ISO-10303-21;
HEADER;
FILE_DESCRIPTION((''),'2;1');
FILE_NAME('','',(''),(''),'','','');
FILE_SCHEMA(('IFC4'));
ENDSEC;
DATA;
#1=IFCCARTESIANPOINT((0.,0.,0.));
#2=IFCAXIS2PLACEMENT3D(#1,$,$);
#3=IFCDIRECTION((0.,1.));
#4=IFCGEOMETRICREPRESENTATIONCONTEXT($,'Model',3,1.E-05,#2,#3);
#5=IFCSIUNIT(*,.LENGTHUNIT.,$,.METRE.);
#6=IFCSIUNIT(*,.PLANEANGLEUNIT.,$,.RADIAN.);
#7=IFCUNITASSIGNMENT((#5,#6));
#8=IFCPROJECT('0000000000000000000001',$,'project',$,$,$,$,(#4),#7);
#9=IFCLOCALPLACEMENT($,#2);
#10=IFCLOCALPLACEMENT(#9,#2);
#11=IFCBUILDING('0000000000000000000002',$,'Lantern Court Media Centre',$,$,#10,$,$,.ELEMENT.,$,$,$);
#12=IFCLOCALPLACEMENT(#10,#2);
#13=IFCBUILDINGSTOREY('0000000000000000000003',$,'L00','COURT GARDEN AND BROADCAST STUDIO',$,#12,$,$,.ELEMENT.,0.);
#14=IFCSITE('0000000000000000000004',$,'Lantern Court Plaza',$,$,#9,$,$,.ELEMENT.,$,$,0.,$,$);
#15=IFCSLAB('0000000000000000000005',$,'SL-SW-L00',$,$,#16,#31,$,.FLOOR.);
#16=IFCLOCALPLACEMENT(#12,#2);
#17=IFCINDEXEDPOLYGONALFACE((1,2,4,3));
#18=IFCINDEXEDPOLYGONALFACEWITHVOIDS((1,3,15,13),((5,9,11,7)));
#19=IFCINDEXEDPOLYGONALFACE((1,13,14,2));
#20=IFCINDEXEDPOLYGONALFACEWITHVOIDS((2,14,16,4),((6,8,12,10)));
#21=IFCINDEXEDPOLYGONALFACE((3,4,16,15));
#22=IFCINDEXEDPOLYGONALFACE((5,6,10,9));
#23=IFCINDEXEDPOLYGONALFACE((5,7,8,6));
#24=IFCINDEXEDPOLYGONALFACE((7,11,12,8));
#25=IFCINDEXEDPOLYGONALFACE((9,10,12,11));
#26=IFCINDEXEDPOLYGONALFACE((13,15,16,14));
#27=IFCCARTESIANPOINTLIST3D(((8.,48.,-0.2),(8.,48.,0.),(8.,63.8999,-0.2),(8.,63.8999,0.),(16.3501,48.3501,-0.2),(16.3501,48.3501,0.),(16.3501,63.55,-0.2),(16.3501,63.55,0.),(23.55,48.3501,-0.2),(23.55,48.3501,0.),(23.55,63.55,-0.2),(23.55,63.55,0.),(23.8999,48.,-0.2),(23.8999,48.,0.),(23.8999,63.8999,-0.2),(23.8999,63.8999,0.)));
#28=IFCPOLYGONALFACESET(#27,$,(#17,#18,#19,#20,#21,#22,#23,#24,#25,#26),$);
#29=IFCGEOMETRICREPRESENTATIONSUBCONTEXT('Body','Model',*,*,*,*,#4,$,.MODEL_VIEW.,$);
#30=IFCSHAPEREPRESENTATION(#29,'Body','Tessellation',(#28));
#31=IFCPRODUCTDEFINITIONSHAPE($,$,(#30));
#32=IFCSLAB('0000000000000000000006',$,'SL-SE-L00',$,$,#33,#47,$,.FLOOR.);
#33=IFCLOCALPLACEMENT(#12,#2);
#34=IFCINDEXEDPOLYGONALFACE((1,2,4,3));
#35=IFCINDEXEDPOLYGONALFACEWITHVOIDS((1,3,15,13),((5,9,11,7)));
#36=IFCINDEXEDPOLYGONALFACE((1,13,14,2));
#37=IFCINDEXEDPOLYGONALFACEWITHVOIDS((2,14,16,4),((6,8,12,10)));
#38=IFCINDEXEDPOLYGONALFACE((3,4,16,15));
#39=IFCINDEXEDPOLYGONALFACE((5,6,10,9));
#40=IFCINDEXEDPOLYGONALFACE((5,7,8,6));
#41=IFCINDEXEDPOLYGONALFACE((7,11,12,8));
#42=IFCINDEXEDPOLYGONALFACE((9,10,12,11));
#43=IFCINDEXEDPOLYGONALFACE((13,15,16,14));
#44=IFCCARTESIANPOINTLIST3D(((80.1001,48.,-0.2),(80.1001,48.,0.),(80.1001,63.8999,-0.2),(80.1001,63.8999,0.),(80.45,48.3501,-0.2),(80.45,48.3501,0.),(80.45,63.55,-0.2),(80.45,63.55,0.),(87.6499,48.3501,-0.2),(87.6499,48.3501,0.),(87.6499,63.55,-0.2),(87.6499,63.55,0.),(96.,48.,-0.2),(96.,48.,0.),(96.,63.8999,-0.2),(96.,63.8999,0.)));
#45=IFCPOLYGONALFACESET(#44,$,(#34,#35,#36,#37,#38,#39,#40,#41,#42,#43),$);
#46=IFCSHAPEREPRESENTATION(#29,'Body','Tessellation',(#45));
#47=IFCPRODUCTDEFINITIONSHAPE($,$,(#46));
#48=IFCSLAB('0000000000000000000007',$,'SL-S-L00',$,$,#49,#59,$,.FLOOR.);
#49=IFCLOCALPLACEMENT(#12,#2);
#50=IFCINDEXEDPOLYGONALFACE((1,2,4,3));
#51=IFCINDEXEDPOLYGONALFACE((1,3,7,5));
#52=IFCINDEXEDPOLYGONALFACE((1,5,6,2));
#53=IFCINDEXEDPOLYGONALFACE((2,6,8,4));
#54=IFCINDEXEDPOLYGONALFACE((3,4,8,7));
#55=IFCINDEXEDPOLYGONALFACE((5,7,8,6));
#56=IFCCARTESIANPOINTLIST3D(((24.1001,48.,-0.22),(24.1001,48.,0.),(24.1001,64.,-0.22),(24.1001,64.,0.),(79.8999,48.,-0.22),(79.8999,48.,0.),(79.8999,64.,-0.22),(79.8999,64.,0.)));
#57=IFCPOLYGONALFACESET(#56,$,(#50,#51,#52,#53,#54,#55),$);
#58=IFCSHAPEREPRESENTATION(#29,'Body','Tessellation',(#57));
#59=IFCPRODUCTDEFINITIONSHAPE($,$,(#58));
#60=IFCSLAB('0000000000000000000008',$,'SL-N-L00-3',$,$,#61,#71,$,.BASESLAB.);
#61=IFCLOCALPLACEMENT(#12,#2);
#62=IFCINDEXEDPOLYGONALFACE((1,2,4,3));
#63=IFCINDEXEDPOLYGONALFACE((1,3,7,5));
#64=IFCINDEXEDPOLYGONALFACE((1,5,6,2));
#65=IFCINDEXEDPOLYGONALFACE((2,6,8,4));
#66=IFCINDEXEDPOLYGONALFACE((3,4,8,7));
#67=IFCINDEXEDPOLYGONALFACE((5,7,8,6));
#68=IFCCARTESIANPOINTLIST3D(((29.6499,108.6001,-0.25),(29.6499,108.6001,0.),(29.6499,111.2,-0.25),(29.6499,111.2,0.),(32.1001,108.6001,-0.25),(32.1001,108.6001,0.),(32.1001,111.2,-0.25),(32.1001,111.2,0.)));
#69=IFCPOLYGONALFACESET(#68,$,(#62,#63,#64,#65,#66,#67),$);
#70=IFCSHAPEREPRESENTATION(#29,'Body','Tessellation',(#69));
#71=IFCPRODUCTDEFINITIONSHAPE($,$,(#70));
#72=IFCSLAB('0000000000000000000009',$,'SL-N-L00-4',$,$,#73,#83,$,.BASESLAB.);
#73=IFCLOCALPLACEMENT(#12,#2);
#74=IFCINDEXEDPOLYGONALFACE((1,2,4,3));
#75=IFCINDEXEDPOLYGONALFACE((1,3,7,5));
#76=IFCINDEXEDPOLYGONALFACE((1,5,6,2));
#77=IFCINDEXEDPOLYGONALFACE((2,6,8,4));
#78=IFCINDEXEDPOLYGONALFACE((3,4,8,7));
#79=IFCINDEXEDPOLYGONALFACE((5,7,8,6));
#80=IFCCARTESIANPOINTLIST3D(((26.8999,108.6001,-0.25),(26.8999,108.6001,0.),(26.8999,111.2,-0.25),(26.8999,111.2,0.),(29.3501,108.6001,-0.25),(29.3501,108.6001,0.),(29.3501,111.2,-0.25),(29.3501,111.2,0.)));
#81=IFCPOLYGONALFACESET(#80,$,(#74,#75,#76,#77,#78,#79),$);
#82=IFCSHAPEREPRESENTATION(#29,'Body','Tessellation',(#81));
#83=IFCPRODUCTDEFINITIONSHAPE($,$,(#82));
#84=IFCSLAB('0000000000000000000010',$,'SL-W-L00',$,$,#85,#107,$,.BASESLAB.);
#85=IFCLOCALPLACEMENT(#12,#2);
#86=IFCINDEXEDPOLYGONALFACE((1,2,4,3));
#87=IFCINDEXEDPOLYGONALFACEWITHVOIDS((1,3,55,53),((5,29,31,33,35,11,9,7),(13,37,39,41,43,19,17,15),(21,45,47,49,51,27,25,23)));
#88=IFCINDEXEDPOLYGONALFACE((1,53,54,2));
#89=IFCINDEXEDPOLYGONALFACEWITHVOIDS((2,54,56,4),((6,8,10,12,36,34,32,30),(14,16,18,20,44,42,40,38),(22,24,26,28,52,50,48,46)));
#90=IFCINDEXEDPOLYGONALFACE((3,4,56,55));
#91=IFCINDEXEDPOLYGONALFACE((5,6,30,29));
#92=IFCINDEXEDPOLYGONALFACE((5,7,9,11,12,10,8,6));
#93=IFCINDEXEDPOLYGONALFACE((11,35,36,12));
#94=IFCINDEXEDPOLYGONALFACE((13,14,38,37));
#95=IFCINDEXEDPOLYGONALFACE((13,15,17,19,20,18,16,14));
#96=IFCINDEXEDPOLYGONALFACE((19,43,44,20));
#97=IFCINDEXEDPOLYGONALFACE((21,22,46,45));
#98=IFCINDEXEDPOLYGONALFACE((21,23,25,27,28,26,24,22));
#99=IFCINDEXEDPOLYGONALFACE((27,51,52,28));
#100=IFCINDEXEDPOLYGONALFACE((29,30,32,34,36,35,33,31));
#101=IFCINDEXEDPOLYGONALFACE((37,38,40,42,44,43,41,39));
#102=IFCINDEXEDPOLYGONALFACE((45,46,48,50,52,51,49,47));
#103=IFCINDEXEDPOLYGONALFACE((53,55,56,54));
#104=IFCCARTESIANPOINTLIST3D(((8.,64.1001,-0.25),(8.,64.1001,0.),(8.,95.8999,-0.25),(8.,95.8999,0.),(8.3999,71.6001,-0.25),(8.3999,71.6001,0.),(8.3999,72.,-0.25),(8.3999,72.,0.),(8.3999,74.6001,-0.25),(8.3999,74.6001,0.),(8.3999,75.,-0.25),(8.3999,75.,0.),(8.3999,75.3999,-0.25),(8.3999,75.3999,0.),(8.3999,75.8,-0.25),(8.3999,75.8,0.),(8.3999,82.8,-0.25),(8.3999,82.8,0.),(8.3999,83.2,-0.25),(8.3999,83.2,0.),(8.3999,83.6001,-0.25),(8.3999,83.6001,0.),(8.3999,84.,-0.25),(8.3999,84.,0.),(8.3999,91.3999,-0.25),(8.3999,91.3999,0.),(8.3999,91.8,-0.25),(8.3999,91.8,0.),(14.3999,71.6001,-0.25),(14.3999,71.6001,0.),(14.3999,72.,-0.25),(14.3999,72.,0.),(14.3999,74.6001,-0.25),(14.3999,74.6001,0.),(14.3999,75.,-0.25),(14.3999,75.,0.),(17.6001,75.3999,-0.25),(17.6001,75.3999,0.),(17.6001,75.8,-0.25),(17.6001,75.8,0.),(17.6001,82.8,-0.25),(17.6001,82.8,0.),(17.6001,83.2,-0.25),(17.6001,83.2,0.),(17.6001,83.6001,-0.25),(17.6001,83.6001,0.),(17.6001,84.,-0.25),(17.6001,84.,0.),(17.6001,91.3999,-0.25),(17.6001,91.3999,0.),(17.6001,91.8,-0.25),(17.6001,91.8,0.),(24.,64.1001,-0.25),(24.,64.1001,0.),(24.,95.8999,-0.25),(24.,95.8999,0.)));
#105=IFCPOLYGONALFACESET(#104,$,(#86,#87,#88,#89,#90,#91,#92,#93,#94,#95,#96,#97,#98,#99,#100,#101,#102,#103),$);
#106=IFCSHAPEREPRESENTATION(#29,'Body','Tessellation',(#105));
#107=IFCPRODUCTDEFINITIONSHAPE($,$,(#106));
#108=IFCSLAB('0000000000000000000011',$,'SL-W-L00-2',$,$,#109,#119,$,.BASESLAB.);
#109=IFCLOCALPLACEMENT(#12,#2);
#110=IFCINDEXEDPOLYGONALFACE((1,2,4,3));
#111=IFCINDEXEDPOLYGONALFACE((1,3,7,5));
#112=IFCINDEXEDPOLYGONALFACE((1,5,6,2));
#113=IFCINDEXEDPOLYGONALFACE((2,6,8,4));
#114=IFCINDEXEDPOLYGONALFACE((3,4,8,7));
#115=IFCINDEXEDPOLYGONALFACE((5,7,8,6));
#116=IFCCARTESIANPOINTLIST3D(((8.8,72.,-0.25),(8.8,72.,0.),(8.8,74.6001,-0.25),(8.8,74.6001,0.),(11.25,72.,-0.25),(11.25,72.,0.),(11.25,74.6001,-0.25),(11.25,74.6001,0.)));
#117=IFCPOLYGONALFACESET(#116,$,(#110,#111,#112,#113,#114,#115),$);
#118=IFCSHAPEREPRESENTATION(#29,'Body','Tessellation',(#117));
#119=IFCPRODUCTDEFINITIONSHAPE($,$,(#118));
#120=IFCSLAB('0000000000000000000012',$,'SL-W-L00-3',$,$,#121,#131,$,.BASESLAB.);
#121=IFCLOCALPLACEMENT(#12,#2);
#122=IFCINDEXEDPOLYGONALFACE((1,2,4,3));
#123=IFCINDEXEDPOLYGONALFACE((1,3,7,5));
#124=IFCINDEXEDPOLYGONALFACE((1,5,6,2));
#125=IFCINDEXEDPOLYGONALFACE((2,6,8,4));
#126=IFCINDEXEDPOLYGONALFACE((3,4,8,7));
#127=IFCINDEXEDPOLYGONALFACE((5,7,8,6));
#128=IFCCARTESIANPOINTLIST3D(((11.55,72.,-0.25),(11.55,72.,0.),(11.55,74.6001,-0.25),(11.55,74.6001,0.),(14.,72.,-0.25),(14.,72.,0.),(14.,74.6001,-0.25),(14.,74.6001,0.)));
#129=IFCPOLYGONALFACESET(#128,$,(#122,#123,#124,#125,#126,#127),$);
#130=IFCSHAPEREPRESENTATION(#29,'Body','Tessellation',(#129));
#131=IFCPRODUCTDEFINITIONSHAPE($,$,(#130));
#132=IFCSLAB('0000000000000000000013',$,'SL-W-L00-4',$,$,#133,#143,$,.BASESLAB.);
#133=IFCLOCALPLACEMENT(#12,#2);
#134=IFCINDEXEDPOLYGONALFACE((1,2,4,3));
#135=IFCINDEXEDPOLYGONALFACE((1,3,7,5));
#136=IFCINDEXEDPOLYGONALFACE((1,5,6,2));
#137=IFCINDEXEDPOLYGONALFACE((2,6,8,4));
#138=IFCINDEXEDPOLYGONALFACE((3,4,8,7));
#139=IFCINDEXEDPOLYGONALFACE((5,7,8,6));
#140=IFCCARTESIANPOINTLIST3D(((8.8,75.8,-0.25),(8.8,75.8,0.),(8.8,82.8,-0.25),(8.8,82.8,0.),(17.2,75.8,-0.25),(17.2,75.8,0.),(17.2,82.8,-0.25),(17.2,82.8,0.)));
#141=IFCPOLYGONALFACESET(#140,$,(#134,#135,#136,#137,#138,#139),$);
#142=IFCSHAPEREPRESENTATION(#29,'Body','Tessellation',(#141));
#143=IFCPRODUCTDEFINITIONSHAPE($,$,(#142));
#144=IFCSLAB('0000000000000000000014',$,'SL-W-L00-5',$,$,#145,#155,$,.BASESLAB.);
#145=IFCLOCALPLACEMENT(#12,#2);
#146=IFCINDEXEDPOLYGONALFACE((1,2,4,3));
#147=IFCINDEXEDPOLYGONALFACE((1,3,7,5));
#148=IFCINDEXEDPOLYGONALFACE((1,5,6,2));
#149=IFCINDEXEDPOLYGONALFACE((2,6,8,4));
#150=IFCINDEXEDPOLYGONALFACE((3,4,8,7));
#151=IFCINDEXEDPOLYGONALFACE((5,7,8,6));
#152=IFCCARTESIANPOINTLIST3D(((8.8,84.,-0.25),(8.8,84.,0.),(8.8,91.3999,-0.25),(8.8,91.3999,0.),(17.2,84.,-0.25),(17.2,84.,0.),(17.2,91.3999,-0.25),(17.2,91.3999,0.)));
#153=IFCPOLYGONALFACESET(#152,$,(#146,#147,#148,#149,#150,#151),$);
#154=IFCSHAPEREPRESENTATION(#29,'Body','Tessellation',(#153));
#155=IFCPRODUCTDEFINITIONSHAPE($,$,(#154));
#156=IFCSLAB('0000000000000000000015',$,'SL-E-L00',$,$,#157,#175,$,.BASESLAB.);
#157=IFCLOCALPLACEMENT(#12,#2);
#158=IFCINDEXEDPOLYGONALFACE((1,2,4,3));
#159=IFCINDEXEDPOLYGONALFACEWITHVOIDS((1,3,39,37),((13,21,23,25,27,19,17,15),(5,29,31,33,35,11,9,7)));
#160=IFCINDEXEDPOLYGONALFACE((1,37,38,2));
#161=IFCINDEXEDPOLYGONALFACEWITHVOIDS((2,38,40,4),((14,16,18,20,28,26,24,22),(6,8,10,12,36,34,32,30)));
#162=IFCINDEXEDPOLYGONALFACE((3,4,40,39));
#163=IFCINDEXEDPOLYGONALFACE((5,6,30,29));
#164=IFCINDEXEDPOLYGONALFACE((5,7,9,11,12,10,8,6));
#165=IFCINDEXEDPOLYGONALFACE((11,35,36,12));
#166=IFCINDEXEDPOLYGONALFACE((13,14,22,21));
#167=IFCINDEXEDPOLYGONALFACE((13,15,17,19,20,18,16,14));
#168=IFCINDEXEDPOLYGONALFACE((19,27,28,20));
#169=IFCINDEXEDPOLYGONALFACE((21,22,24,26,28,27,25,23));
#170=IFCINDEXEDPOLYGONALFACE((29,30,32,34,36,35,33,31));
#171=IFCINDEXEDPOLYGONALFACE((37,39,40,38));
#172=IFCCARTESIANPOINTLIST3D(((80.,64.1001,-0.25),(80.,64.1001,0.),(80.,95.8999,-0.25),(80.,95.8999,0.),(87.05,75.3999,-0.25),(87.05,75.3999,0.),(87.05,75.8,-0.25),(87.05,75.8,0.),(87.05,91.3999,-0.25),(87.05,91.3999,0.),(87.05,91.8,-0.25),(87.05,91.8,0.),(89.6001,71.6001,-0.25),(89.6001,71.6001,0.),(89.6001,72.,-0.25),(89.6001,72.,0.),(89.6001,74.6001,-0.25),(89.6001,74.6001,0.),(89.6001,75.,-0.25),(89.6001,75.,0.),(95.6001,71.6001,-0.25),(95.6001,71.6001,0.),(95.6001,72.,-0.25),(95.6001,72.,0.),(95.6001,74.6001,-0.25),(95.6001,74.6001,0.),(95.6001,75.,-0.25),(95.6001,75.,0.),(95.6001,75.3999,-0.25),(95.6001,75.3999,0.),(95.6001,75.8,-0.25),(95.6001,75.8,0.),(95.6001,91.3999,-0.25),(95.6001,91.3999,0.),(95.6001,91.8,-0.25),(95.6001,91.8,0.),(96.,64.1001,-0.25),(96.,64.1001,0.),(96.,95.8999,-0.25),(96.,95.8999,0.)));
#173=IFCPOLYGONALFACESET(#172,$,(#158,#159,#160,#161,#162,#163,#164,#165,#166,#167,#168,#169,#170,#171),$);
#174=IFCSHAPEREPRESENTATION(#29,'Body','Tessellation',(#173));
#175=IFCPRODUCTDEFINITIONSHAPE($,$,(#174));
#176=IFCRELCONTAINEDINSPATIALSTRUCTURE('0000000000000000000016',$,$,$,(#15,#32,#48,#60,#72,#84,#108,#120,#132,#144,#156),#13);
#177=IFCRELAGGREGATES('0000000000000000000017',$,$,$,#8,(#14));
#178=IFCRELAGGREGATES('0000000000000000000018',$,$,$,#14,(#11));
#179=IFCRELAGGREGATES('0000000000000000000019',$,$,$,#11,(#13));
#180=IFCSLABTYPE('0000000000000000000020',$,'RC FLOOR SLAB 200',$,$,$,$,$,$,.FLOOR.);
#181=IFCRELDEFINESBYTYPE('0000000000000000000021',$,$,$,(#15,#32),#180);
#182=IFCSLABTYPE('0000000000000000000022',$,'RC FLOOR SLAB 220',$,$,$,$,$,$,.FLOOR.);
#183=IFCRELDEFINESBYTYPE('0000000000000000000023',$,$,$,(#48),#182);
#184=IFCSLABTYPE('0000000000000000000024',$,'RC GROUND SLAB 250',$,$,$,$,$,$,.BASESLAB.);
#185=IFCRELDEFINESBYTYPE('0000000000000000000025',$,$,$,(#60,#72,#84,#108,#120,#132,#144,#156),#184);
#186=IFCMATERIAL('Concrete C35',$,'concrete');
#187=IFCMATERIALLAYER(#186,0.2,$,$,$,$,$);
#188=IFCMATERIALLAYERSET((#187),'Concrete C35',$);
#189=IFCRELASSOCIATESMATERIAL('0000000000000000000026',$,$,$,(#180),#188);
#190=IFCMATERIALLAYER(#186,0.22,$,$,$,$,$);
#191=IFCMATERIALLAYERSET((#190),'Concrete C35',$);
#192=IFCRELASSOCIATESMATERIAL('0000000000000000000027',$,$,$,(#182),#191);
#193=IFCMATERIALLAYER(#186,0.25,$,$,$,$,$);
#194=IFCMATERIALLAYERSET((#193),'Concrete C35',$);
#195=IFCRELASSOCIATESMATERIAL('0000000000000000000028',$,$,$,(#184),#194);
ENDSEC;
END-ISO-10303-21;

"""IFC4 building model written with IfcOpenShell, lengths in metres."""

from ifc_helpers import new_model, si_unit, direction, frame, origin, place, context, subcontext, project, spatial, polyline, outline, extrude, material, layer, layer_set, type_object, element, save


model = new_model("IFC4")

# Units and contexts
model_context = context("Model", 3, precision=1e-05, world=origin(), true_north=direction((0.0, 1.0)))
body_context = subcontext(model_context, "Body", "Model", "MODEL_VIEW")
ifc_project = project(units=[si_unit("LENGTHUNIT", "METRE"), si_unit("PLANEANGLEUNIT", "RADIAN")], contexts=[model_context])

# Site, building, storey
site_placement = place(None, origin())
site = spatial("IfcSite", under=ifc_project, at=site_placement, Name="Lantern Court Plaza", CompositionType="ELEMENT", RefElevation=0.0)
building_placement = place(site_placement, origin())
building = spatial("IfcBuilding", under=site, at=building_placement, Name="Lantern Court Media Centre", CompositionType="ELEMENT")
storey_placement = place(building_placement, origin())
storey = spatial("IfcBuildingStorey", under=building, at=storey_placement, Name="L00", Description="COURT GARDEN AND BROADCAST STUDIO", CompositionType="ELEMENT", Elevation=0.0)

# Slabs
ifc_material_1 = material(Name="Concrete C35", Category="concrete")
ifc_layer_1 = layer(ifc_material_1, 0.2)
ifc_layer_set_1 = layer_set([ifc_layer_1], Name="Concrete C35")
slab_type_1 = type_object("IfcSlabType", Name="RC FLOOR SLAB 200", PredefinedType="FLOOR", material=ifc_layer_set_1)
slab_1_placement = place(storey_placement, frame((0.0, 0.0, -0.2)))
element("IfcSlab", 1, at=slab_1_placement, inside=storey, type_object=slab_type_1, Name="SL-SW-L00", PredefinedType="FLOOR", context=body_context, shape_type="SweptSolid", body=[
    extrude(outline(polyline([(8.0, 48.0), (8.0, 63.8999), (23.8999, 63.8999), (23.8999, 48.0), (8.0, 48.0)]), holes=[polyline([(23.55, 63.55), (16.3501, 63.55), (16.3501, 48.3501), (23.55, 48.3501), (23.55, 63.55)])]), origin(), (0.0, 0.0, 1.0), 0.2),
])
slab_2_placement = place(storey_placement, frame((0.0, 0.0, -0.2)))
element("IfcSlab", 2, at=slab_2_placement, inside=storey, type_object=slab_type_1, Name="SL-SE-L00", PredefinedType="FLOOR", context=body_context, shape_type="SweptSolid", body=[
    extrude(outline(polyline([(80.1001, 48.0), (80.1001, 63.8999), (96.0, 63.8999), (96.0, 48.0), (80.1001, 48.0)]), holes=[polyline([(87.6499, 63.55), (80.45, 63.55), (80.45, 48.3501), (87.6499, 48.3501), (87.6499, 63.55)])]), origin(), (0.0, 0.0, 1.0), 0.2),
])
ifc_layer_2 = layer(ifc_material_1, 0.22)
ifc_layer_set_2 = layer_set([ifc_layer_2], Name="Concrete C35")
slab_type_2 = type_object("IfcSlabType", Name="RC FLOOR SLAB 220", PredefinedType="FLOOR", material=ifc_layer_set_2)
slab_3_placement = place(storey_placement, frame((0.0, 0.0, -0.22)))
element("IfcSlab", 3, at=slab_3_placement, inside=storey, type_object=slab_type_2, Name="SL-S-L00", PredefinedType="FLOOR", context=body_context, shape_type="SweptSolid", body=[
    extrude(outline(polyline([(79.8999, 48.0), (79.8999, 64.0), (24.1001, 64.0), (24.1001, 48.0), (79.8999, 48.0)])), origin(), (0.0, 0.0, 1.0), 0.22),
])
ifc_layer_3 = layer(ifc_material_1, 0.25)
ifc_layer_set_3 = layer_set([ifc_layer_3], Name="Concrete C35")
slab_type_3 = type_object("IfcSlabType", Name="RC GROUND SLAB 250", PredefinedType="BASESLAB", material=ifc_layer_set_3)
slab_4_placement = place(storey_placement, frame((0.0, 0.0, -0.25)))
element("IfcSlab", 4, at=slab_4_placement, inside=storey, type_object=slab_type_3, Name="SL-N-L00-3", PredefinedType="BASESLAB", context=body_context, shape_type="SweptSolid", body=[
    extrude(outline(polyline([(29.6499, 111.2), (32.1001, 111.2), (32.1001, 108.6001), (29.6499, 108.6001), (29.6499, 111.2)])), origin(), (0.0, 0.0, 1.0), 0.25),
])
slab_5_placement = place(storey_placement, frame((0.0, 0.0, -0.25)))
element("IfcSlab", 5, at=slab_5_placement, inside=storey, type_object=slab_type_3, Name="SL-N-L00-4", PredefinedType="BASESLAB", context=body_context, shape_type="SweptSolid", body=[
    extrude(outline(polyline([(29.3501, 111.2), (29.3501, 108.6001), (26.8999, 108.6001), (26.8999, 111.2), (29.3501, 111.2)])), origin(), (0.0, 0.0, 1.0), 0.25),
])
slab_6_placement = place(storey_placement, frame((0.0, 0.0, -0.25)))
element("IfcSlab", 6, at=slab_6_placement, inside=storey, type_object=slab_type_3, Name="SL-W-L00", PredefinedType="BASESLAB", context=body_context, shape_type="SweptSolid", body=[
    extrude(outline(polyline([(8.0, 64.1001), (8.0, 95.8999), (24.0, 95.8999), (24.0, 64.1001), (8.0, 64.1001)]), holes=[polyline([(8.3999, 71.6001), (14.3999, 71.6001), (14.3999, 72.0), (14.3999, 74.6001), (14.3999, 75.0), (8.3999, 75.0), (8.3999, 74.6001), (8.3999, 72.0), (8.3999, 71.6001)]), polyline([(8.3999, 82.8), (8.3999, 75.8), (8.3999, 75.3999), (17.6001, 75.3999), (17.6001, 75.8), (17.6001, 82.8), (17.6001, 83.2), (8.3999, 83.2), (8.3999, 82.8)]), polyline([(8.3999, 84.0), (8.3999, 83.6001), (17.6001, 83.6001), (17.6001, 84.0), (17.6001, 91.3999), (17.6001, 91.8), (8.3999, 91.8), (8.3999, 91.3999), (8.3999, 84.0)])]), origin(), (0.0, 0.0, 1.0), 0.25),
])
slab_7_placement = place(storey_placement, frame((0.0, 0.0, -0.25)))
element("IfcSlab", 7, at=slab_7_placement, inside=storey, type_object=slab_type_3, Name="SL-W-L00-2", PredefinedType="BASESLAB", context=body_context, shape_type="SweptSolid", body=[
    extrude(outline(polyline([(11.25, 74.6001), (11.25, 72.0), (8.8, 72.0), (8.8, 74.6001), (11.25, 74.6001)])), origin(), (0.0, 0.0, 1.0), 0.25),
])
slab_8_placement = place(storey_placement, frame((0.0, 0.0, -0.25)))
element("IfcSlab", 8, at=slab_8_placement, inside=storey, type_object=slab_type_3, Name="SL-W-L00-3", PredefinedType="BASESLAB", context=body_context, shape_type="SweptSolid", body=[
    extrude(outline(polyline([(14.0, 74.6001), (14.0, 72.0), (11.55, 72.0), (11.55, 74.6001), (14.0, 74.6001)])), origin(), (0.0, 0.0, 1.0), 0.25),
])
slab_9_placement = place(storey_placement, frame((0.0, 0.0, -0.25)))
element("IfcSlab", 9, at=slab_9_placement, inside=storey, type_object=slab_type_3, Name="SL-W-L00-4", PredefinedType="BASESLAB", context=body_context, shape_type="SweptSolid", body=[
    extrude(outline(polyline([(8.8, 82.8), (17.2, 82.8), (17.2, 75.8), (8.8, 75.8), (8.8, 82.8)])), origin(), (0.0, 0.0, 1.0), 0.25),
])
slab_10_placement = place(storey_placement, frame((0.0, 0.0, -0.25)))
element("IfcSlab", 10, at=slab_10_placement, inside=storey, type_object=slab_type_3, Name="SL-W-L00-5", PredefinedType="BASESLAB", context=body_context, shape_type="SweptSolid", body=[
    extrude(outline(polyline([(17.2, 84.0), (8.8, 84.0), (8.8, 91.3999), (17.2, 91.3999), (17.2, 84.0)])), origin(), (0.0, 0.0, 1.0), 0.25),
])
slab_11_placement = place(storey_placement, frame((0.0, 0.0, -0.25)))
element("IfcSlab", 11, at=slab_11_placement, inside=storey, type_object=slab_type_3, Name="SL-E-L00", PredefinedType="BASESLAB", context=body_context, shape_type="SweptSolid", body=[
    extrude(outline(polyline([(80.0, 64.1001), (80.0, 95.8999), (96.0, 95.8999), (96.0, 64.1001), (80.0, 64.1001)]), holes=[polyline([(95.6001, 71.6001), (95.6001, 72.0), (95.6001, 74.6001), (95.6001, 75.0), (89.6001, 75.0), (89.6001, 74.6001), (89.6001, 72.0), (89.6001, 71.6001), (95.6001, 71.6001)]), polyline([(95.6001, 91.8), (87.05, 91.8), (87.05, 91.3999), (87.05, 75.8), (87.05, 75.3999), (95.6001, 75.3999), (95.6001, 75.8), (95.6001, 91.3999), (95.6001, 91.8)])]), origin(), (0.0, 0.0, 1.0), 0.25),
])

save(model, "model.ifc")
